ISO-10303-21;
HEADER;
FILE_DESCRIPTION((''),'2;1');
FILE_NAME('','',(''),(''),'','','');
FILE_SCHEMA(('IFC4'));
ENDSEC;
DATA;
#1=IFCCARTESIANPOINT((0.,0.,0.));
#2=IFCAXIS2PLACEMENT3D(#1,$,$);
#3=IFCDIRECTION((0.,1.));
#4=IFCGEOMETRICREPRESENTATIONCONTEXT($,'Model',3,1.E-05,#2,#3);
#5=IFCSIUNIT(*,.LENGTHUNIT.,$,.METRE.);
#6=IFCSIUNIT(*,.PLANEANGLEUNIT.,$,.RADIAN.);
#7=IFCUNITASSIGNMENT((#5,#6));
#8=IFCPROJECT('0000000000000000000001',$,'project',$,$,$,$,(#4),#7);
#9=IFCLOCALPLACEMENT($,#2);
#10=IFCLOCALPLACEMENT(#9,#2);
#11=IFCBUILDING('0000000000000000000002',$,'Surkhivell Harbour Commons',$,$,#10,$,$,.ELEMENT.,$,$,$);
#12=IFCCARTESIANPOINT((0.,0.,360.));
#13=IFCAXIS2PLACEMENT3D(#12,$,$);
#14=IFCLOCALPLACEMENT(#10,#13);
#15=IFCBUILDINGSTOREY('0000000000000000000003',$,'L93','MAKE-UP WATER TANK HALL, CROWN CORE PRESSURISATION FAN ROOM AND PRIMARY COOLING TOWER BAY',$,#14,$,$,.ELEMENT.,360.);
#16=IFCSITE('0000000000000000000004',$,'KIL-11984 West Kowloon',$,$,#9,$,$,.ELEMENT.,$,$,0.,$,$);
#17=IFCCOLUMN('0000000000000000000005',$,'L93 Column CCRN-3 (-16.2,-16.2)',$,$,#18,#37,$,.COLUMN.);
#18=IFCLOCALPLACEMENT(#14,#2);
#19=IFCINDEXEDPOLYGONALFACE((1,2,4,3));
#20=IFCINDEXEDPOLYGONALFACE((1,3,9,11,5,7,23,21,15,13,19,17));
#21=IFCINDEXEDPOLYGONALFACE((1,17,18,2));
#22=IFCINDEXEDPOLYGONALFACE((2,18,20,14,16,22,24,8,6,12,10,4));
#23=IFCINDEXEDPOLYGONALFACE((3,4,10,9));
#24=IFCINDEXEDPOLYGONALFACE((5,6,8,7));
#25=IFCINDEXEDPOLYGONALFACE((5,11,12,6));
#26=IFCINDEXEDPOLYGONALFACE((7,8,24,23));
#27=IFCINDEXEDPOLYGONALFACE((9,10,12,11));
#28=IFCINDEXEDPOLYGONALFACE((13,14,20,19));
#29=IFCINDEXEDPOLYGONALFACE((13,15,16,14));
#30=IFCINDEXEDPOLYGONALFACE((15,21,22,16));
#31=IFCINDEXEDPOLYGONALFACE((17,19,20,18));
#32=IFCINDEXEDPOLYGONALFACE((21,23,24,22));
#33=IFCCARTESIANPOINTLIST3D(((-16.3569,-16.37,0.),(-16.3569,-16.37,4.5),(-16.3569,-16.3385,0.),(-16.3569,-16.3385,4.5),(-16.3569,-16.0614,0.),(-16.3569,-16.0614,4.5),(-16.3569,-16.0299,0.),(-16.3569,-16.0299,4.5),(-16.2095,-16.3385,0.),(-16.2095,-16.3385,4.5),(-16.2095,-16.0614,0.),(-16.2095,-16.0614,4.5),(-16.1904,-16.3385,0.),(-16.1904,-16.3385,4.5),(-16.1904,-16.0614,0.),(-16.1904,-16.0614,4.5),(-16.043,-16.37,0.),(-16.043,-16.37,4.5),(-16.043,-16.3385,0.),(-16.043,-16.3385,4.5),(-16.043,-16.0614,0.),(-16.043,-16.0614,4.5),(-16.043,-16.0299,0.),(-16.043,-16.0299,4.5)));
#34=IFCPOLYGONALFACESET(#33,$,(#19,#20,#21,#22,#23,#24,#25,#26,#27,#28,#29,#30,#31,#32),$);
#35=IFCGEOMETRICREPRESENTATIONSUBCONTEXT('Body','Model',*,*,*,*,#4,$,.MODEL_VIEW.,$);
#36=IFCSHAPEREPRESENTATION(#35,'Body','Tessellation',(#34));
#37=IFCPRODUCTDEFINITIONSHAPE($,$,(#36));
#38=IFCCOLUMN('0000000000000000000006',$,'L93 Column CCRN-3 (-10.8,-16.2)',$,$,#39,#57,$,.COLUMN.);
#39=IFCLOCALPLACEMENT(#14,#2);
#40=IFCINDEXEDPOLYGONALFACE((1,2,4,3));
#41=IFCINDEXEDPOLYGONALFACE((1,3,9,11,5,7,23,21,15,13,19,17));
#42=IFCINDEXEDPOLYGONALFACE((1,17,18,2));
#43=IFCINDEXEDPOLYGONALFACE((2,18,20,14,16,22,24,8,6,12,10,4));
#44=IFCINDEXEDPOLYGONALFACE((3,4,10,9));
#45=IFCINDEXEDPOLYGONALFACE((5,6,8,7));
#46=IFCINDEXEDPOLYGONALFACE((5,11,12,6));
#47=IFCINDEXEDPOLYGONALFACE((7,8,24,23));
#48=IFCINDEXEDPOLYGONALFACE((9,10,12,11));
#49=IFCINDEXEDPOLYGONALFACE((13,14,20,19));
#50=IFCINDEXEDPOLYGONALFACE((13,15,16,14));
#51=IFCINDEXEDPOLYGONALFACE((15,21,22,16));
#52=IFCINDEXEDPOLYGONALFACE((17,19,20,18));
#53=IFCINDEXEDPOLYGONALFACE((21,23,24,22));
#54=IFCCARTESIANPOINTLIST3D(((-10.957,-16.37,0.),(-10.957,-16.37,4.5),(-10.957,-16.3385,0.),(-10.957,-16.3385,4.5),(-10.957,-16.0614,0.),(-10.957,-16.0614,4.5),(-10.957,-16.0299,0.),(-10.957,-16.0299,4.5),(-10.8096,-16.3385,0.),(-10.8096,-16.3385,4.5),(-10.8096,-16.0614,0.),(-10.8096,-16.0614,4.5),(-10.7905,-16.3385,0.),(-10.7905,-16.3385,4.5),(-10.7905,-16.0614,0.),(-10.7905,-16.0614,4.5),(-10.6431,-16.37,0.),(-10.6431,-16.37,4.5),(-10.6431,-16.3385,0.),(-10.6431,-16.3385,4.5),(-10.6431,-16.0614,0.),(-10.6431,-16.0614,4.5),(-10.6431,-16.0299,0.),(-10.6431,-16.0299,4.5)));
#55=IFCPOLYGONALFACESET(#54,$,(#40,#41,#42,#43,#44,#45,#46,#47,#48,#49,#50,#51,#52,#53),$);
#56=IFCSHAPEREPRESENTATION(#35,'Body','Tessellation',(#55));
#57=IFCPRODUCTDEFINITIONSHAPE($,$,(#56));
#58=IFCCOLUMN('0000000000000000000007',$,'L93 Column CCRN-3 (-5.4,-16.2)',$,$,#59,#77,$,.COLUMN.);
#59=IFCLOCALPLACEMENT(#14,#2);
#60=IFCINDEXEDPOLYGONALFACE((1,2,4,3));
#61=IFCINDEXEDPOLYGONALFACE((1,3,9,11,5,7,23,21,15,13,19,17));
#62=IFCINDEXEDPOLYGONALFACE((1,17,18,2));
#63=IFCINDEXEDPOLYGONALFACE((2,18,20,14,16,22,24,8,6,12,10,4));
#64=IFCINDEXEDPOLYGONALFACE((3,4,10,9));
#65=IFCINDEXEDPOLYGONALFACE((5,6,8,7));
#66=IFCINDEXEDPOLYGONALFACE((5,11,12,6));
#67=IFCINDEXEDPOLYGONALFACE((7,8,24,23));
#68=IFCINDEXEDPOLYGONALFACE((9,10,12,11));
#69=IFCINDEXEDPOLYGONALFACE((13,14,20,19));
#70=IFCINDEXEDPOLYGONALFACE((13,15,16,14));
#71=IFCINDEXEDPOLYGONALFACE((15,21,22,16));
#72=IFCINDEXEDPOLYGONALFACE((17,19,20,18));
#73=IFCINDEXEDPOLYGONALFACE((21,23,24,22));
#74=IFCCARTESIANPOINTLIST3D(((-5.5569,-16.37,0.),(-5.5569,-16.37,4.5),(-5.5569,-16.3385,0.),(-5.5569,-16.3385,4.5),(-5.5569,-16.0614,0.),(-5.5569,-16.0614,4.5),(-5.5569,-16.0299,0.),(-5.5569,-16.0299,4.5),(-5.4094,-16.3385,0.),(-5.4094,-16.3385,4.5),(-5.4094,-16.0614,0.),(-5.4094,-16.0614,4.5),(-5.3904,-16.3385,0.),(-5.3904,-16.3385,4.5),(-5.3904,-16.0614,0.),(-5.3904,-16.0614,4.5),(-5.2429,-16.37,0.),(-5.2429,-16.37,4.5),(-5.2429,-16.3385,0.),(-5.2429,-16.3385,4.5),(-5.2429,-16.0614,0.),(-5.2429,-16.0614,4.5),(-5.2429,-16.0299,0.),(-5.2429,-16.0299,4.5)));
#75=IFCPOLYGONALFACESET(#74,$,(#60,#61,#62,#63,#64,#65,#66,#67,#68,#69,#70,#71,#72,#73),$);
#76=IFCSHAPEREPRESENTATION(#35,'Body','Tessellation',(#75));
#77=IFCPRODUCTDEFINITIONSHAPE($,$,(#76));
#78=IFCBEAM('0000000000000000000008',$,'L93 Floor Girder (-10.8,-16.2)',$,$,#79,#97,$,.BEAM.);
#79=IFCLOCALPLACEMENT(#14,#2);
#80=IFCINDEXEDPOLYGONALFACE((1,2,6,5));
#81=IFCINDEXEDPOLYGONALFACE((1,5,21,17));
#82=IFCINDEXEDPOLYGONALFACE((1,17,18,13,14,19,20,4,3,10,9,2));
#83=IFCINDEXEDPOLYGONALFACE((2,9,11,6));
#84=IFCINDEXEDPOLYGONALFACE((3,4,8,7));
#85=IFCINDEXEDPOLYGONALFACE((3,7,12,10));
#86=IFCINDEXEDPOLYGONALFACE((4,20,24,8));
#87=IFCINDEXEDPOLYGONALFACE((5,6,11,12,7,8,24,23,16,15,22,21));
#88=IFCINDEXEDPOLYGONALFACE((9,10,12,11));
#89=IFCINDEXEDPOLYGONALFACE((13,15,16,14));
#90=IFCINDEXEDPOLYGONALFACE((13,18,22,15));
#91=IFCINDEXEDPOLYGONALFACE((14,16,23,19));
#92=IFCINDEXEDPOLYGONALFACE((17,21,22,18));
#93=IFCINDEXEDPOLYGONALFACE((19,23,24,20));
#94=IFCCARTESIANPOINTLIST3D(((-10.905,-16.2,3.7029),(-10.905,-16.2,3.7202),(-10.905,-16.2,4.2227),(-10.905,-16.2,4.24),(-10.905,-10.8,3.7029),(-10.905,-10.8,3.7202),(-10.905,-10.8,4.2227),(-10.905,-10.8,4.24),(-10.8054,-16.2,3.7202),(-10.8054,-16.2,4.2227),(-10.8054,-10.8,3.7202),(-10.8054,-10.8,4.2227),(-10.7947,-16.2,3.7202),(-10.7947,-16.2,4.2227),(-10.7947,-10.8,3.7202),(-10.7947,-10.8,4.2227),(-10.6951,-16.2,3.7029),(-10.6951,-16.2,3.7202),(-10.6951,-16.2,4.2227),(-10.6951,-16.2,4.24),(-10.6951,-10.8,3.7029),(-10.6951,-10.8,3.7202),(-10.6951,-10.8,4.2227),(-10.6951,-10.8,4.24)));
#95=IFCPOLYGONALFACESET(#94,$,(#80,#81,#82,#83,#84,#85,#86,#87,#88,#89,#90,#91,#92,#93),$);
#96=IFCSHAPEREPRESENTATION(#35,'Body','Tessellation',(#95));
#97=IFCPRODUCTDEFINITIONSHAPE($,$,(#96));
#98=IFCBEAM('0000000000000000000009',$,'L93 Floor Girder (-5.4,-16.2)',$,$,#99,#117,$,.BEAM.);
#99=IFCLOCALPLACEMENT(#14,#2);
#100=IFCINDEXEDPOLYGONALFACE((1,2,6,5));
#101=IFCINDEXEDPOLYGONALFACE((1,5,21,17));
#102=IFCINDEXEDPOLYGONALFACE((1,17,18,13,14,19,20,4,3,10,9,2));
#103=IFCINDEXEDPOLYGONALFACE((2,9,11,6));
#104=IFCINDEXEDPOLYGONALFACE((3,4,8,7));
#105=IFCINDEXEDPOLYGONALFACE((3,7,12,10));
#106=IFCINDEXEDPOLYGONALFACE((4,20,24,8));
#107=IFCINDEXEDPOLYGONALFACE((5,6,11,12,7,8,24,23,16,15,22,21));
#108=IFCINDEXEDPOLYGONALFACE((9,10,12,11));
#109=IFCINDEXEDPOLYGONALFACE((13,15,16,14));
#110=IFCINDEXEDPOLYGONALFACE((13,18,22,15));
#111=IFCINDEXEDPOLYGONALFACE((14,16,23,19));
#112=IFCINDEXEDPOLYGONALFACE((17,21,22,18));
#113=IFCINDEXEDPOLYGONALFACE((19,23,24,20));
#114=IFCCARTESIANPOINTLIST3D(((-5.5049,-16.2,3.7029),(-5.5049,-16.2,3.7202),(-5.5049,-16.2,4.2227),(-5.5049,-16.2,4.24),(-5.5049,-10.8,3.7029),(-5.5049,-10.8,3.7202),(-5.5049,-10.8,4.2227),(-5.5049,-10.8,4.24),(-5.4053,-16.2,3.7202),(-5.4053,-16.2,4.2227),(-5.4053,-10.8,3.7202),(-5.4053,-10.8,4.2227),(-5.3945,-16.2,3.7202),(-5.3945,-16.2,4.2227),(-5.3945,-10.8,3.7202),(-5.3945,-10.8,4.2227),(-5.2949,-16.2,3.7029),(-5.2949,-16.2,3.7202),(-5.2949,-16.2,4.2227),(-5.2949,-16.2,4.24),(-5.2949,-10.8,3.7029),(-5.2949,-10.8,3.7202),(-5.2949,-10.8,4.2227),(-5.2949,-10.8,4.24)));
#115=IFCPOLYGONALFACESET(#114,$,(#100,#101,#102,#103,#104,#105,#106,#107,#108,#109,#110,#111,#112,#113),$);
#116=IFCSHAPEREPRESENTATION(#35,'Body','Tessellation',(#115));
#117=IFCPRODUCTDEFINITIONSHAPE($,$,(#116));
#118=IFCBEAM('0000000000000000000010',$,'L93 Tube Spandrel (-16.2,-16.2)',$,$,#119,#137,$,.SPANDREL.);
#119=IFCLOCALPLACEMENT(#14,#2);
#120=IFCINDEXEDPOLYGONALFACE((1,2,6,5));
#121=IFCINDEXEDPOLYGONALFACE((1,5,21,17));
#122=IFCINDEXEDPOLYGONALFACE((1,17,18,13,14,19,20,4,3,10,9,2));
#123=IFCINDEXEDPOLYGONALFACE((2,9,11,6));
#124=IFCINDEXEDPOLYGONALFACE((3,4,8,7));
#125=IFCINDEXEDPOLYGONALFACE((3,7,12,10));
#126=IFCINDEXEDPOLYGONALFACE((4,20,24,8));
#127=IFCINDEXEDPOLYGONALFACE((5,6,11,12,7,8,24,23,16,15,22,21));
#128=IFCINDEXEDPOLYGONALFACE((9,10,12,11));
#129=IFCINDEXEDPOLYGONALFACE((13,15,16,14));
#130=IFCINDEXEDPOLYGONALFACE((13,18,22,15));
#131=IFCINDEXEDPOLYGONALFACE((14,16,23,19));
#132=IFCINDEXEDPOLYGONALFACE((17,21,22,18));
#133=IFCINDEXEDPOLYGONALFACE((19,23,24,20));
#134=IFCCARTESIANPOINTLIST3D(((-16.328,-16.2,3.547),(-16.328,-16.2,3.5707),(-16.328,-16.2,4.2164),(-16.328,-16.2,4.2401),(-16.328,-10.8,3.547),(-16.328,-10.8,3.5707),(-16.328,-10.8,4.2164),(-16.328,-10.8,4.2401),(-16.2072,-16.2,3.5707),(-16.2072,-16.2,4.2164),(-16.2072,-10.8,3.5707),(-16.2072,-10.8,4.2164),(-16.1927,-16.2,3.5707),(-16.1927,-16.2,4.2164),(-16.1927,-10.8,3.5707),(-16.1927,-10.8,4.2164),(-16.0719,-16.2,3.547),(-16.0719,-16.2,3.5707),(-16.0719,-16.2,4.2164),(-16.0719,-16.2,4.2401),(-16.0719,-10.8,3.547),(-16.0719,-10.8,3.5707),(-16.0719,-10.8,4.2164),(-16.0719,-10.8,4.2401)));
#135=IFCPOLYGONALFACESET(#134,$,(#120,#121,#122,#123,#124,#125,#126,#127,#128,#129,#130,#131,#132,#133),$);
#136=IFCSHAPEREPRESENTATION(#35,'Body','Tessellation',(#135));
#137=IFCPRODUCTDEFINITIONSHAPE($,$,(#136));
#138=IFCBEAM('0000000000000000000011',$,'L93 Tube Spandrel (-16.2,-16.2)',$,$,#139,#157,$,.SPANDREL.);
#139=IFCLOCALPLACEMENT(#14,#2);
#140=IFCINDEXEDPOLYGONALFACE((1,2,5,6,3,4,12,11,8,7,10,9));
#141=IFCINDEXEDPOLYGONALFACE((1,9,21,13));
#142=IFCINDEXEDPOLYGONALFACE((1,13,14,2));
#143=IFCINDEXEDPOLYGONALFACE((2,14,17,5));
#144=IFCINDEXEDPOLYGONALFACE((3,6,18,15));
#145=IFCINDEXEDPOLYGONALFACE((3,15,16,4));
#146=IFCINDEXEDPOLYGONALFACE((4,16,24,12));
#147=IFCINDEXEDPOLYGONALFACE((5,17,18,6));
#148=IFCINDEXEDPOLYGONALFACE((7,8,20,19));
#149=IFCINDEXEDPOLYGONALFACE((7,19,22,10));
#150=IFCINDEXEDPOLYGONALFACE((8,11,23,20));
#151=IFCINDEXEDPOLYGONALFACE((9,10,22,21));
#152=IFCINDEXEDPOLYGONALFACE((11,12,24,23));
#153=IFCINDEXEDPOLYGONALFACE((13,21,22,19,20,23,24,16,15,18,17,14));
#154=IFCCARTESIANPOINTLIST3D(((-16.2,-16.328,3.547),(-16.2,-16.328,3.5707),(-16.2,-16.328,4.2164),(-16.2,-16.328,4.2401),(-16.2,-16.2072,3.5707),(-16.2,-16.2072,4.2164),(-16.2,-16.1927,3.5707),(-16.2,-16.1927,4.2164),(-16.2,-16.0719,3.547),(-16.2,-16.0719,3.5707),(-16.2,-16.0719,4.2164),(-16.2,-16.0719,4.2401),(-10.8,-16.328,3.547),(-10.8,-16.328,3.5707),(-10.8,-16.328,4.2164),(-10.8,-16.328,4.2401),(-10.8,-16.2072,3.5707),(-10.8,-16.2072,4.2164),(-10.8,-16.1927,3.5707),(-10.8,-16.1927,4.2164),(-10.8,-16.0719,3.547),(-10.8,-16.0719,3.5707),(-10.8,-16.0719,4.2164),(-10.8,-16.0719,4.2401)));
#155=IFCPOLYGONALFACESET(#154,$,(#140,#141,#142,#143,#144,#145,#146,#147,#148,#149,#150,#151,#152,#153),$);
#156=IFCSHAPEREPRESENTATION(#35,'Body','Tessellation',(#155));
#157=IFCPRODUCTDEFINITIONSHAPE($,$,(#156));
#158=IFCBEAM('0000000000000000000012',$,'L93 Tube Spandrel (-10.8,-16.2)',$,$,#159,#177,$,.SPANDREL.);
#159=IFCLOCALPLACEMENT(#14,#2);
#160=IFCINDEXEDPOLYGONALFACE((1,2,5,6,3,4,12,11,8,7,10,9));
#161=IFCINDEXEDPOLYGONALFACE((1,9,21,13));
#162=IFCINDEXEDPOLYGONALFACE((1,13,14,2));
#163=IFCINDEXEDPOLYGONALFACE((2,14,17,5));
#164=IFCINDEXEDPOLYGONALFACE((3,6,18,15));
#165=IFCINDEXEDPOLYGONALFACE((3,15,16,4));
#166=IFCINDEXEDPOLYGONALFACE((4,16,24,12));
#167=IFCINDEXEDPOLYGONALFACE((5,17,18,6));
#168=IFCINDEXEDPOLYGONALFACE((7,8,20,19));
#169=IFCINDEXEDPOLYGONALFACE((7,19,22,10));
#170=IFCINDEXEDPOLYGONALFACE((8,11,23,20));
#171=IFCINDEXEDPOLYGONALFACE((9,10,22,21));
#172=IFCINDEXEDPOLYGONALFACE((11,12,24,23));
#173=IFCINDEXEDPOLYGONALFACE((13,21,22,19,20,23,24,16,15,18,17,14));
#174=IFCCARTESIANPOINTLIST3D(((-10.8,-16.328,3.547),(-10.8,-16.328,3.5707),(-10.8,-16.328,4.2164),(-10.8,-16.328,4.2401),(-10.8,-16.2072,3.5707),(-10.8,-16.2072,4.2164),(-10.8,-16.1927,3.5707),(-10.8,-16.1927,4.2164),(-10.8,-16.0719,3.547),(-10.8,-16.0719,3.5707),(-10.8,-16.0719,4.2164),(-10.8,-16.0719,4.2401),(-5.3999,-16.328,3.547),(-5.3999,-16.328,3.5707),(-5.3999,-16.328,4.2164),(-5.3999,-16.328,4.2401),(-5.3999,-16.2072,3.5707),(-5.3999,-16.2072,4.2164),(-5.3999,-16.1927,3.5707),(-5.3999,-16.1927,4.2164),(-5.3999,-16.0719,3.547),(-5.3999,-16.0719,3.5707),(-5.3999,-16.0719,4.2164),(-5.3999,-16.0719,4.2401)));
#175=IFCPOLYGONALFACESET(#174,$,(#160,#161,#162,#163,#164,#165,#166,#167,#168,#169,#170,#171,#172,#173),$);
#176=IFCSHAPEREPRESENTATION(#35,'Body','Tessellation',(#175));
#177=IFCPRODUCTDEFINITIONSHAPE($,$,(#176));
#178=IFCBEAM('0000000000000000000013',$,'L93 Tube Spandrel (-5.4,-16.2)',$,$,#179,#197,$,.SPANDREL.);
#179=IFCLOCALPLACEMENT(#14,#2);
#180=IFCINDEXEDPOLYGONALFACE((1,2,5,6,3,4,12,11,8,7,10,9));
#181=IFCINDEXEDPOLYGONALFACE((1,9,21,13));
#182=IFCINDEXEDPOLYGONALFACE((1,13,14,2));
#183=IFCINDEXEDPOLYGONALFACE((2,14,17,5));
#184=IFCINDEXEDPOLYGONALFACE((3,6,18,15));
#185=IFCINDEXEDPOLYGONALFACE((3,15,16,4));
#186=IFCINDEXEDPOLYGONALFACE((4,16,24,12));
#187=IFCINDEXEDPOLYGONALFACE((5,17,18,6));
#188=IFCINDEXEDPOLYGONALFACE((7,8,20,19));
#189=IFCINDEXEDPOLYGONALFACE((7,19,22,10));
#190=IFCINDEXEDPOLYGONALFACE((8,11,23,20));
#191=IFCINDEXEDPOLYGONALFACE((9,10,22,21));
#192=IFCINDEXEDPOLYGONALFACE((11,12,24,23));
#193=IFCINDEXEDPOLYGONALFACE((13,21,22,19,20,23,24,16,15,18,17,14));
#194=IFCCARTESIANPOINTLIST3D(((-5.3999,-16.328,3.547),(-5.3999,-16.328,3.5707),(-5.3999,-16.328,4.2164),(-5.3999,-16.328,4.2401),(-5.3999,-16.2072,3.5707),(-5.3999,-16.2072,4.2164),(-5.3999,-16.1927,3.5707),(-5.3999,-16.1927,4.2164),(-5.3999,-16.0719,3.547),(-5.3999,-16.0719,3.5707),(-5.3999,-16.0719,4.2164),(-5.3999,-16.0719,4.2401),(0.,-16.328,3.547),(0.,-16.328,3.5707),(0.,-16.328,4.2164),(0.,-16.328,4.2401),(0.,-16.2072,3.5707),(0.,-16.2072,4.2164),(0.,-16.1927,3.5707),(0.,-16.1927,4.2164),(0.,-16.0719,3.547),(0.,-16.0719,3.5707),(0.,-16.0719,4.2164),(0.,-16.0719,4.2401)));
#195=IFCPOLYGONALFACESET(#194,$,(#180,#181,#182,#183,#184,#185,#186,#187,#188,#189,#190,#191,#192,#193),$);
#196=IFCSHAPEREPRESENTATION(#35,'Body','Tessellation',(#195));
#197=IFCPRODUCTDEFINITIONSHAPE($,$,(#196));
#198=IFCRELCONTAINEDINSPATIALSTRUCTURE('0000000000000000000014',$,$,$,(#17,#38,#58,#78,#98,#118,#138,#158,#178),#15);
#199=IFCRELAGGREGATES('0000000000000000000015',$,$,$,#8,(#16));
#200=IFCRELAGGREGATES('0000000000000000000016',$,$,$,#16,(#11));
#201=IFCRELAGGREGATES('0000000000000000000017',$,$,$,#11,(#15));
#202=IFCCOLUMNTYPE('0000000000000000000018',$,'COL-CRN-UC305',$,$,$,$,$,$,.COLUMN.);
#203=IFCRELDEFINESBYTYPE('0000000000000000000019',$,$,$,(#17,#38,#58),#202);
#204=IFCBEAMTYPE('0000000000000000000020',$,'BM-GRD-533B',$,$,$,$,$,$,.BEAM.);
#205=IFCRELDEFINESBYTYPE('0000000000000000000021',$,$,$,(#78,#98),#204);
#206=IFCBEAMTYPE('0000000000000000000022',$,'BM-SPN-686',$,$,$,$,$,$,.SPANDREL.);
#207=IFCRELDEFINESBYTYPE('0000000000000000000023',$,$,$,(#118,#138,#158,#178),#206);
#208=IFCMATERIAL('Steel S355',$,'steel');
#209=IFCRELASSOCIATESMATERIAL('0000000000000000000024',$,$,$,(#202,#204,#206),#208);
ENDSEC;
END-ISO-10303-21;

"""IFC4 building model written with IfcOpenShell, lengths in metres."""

from ifc_helpers import new_model, si_unit, direction, frame, origin, origin_2d, place, context, subcontext, project, spatial, i_section, extrude, material, material_profile, profile_set, type_object, element, save


model = new_model("IFC4")

# Units and contexts
model_context = context("Model", 3, precision=1e-05, world=origin(), true_north=direction((0.0, 1.0)))
body_context = subcontext(model_context, "Body", "Model", "MODEL_VIEW")
ifc_project = project(units=[si_unit("LENGTHUNIT", "METRE"), si_unit("PLANEANGLEUNIT", "RADIAN")], contexts=[model_context])

# Site, building, storey
site_placement = place(None, origin())
site = spatial("IfcSite", under=ifc_project, at=site_placement, Name="KIL-11984 West Kowloon", CompositionType="ELEMENT", RefElevation=0.0)
building_placement = place(site_placement, origin())
building = spatial("IfcBuilding", under=site, at=building_placement, Name="Surkhivell Harbour Commons", CompositionType="ELEMENT")
storey_placement = place(building_placement, frame((0.0, 0.0, 360.0)))
storey = spatial("IfcBuildingStorey", under=building, at=storey_placement, Name="L93", Description="MAKE-UP WATER TANK HALL, CROWN CORE PRESSURISATION FAN ROOM AND PRIMARY COOLING TOWER BAY", CompositionType="ELEMENT", Elevation=360.0)

# Columns
ifc_material_1 = material(Name="Steel S355", Category="steel")
ifc_material_profile_1 = material_profile(ifc_material_1, i_section(OverallWidth=0.314, OverallDepth=0.3401, WebThickness=0.019, FlangeThickness=0.0315, at=origin_2d()), Name="UC305x305x198")
ifc_profile_set_1 = profile_set([ifc_material_profile_1], Name="Steel S355")
column_type = type_object("IfcColumnType", Name="COL-CRN-UC305", PredefinedType="COLUMN", material=ifc_profile_set_1)
for number, where, z_axis, x_axis, name in (
    (1, (-16.2, -16.2, 0.0), (0.0, 0.0, 1.0), (1.0, 0.0, 0.0), "L93 Column CCRN-3 (-16.2,-16.2)"),
    (2, (-10.8, -16.2, 0.0), (0.0, 0.0, 1.0), (1.0, 0.0, 0.0), "L93 Column CCRN-3 (-10.8,-16.2)"),
    (3, (-5.3999, -16.2, 0.0), (0.0, 0.0, 1.0), (1.0, 0.0, 0.0), "L93 Column CCRN-3 (-5.4,-16.2)"),
):
    element("IfcColumn", number, at=place(storey_placement, frame(where, z_axis=z_axis, x_axis=x_axis)), inside=storey, type_object=column_type, Name=name, PredefinedType="COLUMN", context=body_context, shape_type="SweptSolid", body=[
        extrude(i_section(OverallWidth=0.314, OverallDepth=0.3401, WebThickness=0.019, FlangeThickness=0.0315, at=origin_2d()), origin(), (0.0, 0.0, 1.0), 4.5),
    ])

# Beams
ifc_material_profile_2 = material_profile(ifc_material_1, i_section(OverallWidth=0.21, OverallDepth=0.5371, WebThickness=0.0107, FlangeThickness=0.0173, at=origin_2d()), Name="UB533x210x101")
ifc_profile_set_2 = profile_set([ifc_material_profile_2], Name="Steel S355")
beam_type_1 = type_object("IfcBeamType", Name="BM-GRD-533B", PredefinedType="BEAM", material=ifc_profile_set_2)
for number, where, z_axis, x_axis, name in (
    (4, (-10.8, -16.2, 3.9714), (0.0, 1.0, 0.0), (-1.0, 0.0, 0.0), "L93 Floor Girder (-10.8,-16.2)"),
    (5, (-5.3999, -16.2, 3.9714), (0.0, 1.0, 0.0), (-1.0, 0.0, 0.0), "L93 Floor Girder (-5.4,-16.2)"),
):
    element("IfcBeam", number, at=place(storey_placement, frame(where, z_axis=z_axis, x_axis=x_axis)), inside=storey, type_object=beam_type_1, Name=name, PredefinedType="BEAM", context=body_context, shape_type="SweptSolid", body=[
        extrude(i_section(OverallWidth=0.21, OverallDepth=0.5371, WebThickness=0.0107, FlangeThickness=0.0173, at=origin_2d()), origin(), (0.0, 0.0, 1.0), 5.3999),
    ])
ifc_material_profile_3 = material_profile(ifc_material_1, i_section(OverallWidth=0.2561, OverallDepth=0.6931, WebThickness=0.0144, FlangeThickness=0.0237, at=origin_2d()), Name="UB686x254x170")
ifc_profile_set_3 = profile_set([ifc_material_profile_3], Name="Steel S355")
beam_type_2 = type_object("IfcBeamType", Name="BM-SPN-686", PredefinedType="SPANDREL", material=ifc_profile_set_3)
for number, where, z_axis, x_axis, name in (
    (6, (-16.2, -16.2, 3.8936), (0.0, 1.0, 0.0), (-1.0, 0.0, 0.0), "L93 Tube Spandrel (-16.2,-16.2)"),
    (7, (-16.2, -16.2, 3.8936), (1.0, 0.0, 0.0), (0.0, 1.0, 0.0), "L93 Tube Spandrel (-16.2,-16.2)"),
):
    element("IfcBeam", number, at=place(storey_placement, frame(where, z_axis=z_axis, x_axis=x_axis)), inside=storey, type_object=beam_type_2, Name=name, PredefinedType="SPANDREL", context=body_context, shape_type="SweptSolid", body=[
        extrude(i_section(OverallWidth=0.2561, OverallDepth=0.6931, WebThickness=0.0144, FlangeThickness=0.0237, at=origin_2d()), origin(), (0.0, 0.0, 1.0), 5.3999),
    ])
beam_1_placement = place(storey_placement, frame((-10.8, -16.2, 3.8936), z_axis=(1.0, 0.0, 0.0), x_axis=(0.0, 1.0, 0.0)))
element("IfcBeam", 8, at=beam_1_placement, inside=storey, type_object=beam_type_2, Name="L93 Tube Spandrel (-10.8,-16.2)", PredefinedType="SPANDREL", context=body_context, shape_type="SweptSolid", body=[
    extrude(i_section(OverallWidth=0.2561, OverallDepth=0.6931, WebThickness=0.0144, FlangeThickness=0.0237, at=origin_2d()), origin(), (0.0, 0.0, 1.0), 5.4001),
])
beam_2_placement = place(storey_placement, frame((-5.3999, -16.2, 3.8936), z_axis=(1.0, 0.0, 0.0), x_axis=(0.0, 1.0, 0.0)))
element("IfcBeam", 9, at=beam_2_placement, inside=storey, type_object=beam_type_2, Name="L93 Tube Spandrel (-5.4,-16.2)", PredefinedType="SPANDREL", context=body_context, shape_type="SweptSolid", body=[
    extrude(i_section(OverallWidth=0.2561, OverallDepth=0.6931, WebThickness=0.0144, FlangeThickness=0.0237, at=origin_2d()), origin(), (0.0, 0.0, 1.0), 5.3999),
])

save(model, "model.ifc")
